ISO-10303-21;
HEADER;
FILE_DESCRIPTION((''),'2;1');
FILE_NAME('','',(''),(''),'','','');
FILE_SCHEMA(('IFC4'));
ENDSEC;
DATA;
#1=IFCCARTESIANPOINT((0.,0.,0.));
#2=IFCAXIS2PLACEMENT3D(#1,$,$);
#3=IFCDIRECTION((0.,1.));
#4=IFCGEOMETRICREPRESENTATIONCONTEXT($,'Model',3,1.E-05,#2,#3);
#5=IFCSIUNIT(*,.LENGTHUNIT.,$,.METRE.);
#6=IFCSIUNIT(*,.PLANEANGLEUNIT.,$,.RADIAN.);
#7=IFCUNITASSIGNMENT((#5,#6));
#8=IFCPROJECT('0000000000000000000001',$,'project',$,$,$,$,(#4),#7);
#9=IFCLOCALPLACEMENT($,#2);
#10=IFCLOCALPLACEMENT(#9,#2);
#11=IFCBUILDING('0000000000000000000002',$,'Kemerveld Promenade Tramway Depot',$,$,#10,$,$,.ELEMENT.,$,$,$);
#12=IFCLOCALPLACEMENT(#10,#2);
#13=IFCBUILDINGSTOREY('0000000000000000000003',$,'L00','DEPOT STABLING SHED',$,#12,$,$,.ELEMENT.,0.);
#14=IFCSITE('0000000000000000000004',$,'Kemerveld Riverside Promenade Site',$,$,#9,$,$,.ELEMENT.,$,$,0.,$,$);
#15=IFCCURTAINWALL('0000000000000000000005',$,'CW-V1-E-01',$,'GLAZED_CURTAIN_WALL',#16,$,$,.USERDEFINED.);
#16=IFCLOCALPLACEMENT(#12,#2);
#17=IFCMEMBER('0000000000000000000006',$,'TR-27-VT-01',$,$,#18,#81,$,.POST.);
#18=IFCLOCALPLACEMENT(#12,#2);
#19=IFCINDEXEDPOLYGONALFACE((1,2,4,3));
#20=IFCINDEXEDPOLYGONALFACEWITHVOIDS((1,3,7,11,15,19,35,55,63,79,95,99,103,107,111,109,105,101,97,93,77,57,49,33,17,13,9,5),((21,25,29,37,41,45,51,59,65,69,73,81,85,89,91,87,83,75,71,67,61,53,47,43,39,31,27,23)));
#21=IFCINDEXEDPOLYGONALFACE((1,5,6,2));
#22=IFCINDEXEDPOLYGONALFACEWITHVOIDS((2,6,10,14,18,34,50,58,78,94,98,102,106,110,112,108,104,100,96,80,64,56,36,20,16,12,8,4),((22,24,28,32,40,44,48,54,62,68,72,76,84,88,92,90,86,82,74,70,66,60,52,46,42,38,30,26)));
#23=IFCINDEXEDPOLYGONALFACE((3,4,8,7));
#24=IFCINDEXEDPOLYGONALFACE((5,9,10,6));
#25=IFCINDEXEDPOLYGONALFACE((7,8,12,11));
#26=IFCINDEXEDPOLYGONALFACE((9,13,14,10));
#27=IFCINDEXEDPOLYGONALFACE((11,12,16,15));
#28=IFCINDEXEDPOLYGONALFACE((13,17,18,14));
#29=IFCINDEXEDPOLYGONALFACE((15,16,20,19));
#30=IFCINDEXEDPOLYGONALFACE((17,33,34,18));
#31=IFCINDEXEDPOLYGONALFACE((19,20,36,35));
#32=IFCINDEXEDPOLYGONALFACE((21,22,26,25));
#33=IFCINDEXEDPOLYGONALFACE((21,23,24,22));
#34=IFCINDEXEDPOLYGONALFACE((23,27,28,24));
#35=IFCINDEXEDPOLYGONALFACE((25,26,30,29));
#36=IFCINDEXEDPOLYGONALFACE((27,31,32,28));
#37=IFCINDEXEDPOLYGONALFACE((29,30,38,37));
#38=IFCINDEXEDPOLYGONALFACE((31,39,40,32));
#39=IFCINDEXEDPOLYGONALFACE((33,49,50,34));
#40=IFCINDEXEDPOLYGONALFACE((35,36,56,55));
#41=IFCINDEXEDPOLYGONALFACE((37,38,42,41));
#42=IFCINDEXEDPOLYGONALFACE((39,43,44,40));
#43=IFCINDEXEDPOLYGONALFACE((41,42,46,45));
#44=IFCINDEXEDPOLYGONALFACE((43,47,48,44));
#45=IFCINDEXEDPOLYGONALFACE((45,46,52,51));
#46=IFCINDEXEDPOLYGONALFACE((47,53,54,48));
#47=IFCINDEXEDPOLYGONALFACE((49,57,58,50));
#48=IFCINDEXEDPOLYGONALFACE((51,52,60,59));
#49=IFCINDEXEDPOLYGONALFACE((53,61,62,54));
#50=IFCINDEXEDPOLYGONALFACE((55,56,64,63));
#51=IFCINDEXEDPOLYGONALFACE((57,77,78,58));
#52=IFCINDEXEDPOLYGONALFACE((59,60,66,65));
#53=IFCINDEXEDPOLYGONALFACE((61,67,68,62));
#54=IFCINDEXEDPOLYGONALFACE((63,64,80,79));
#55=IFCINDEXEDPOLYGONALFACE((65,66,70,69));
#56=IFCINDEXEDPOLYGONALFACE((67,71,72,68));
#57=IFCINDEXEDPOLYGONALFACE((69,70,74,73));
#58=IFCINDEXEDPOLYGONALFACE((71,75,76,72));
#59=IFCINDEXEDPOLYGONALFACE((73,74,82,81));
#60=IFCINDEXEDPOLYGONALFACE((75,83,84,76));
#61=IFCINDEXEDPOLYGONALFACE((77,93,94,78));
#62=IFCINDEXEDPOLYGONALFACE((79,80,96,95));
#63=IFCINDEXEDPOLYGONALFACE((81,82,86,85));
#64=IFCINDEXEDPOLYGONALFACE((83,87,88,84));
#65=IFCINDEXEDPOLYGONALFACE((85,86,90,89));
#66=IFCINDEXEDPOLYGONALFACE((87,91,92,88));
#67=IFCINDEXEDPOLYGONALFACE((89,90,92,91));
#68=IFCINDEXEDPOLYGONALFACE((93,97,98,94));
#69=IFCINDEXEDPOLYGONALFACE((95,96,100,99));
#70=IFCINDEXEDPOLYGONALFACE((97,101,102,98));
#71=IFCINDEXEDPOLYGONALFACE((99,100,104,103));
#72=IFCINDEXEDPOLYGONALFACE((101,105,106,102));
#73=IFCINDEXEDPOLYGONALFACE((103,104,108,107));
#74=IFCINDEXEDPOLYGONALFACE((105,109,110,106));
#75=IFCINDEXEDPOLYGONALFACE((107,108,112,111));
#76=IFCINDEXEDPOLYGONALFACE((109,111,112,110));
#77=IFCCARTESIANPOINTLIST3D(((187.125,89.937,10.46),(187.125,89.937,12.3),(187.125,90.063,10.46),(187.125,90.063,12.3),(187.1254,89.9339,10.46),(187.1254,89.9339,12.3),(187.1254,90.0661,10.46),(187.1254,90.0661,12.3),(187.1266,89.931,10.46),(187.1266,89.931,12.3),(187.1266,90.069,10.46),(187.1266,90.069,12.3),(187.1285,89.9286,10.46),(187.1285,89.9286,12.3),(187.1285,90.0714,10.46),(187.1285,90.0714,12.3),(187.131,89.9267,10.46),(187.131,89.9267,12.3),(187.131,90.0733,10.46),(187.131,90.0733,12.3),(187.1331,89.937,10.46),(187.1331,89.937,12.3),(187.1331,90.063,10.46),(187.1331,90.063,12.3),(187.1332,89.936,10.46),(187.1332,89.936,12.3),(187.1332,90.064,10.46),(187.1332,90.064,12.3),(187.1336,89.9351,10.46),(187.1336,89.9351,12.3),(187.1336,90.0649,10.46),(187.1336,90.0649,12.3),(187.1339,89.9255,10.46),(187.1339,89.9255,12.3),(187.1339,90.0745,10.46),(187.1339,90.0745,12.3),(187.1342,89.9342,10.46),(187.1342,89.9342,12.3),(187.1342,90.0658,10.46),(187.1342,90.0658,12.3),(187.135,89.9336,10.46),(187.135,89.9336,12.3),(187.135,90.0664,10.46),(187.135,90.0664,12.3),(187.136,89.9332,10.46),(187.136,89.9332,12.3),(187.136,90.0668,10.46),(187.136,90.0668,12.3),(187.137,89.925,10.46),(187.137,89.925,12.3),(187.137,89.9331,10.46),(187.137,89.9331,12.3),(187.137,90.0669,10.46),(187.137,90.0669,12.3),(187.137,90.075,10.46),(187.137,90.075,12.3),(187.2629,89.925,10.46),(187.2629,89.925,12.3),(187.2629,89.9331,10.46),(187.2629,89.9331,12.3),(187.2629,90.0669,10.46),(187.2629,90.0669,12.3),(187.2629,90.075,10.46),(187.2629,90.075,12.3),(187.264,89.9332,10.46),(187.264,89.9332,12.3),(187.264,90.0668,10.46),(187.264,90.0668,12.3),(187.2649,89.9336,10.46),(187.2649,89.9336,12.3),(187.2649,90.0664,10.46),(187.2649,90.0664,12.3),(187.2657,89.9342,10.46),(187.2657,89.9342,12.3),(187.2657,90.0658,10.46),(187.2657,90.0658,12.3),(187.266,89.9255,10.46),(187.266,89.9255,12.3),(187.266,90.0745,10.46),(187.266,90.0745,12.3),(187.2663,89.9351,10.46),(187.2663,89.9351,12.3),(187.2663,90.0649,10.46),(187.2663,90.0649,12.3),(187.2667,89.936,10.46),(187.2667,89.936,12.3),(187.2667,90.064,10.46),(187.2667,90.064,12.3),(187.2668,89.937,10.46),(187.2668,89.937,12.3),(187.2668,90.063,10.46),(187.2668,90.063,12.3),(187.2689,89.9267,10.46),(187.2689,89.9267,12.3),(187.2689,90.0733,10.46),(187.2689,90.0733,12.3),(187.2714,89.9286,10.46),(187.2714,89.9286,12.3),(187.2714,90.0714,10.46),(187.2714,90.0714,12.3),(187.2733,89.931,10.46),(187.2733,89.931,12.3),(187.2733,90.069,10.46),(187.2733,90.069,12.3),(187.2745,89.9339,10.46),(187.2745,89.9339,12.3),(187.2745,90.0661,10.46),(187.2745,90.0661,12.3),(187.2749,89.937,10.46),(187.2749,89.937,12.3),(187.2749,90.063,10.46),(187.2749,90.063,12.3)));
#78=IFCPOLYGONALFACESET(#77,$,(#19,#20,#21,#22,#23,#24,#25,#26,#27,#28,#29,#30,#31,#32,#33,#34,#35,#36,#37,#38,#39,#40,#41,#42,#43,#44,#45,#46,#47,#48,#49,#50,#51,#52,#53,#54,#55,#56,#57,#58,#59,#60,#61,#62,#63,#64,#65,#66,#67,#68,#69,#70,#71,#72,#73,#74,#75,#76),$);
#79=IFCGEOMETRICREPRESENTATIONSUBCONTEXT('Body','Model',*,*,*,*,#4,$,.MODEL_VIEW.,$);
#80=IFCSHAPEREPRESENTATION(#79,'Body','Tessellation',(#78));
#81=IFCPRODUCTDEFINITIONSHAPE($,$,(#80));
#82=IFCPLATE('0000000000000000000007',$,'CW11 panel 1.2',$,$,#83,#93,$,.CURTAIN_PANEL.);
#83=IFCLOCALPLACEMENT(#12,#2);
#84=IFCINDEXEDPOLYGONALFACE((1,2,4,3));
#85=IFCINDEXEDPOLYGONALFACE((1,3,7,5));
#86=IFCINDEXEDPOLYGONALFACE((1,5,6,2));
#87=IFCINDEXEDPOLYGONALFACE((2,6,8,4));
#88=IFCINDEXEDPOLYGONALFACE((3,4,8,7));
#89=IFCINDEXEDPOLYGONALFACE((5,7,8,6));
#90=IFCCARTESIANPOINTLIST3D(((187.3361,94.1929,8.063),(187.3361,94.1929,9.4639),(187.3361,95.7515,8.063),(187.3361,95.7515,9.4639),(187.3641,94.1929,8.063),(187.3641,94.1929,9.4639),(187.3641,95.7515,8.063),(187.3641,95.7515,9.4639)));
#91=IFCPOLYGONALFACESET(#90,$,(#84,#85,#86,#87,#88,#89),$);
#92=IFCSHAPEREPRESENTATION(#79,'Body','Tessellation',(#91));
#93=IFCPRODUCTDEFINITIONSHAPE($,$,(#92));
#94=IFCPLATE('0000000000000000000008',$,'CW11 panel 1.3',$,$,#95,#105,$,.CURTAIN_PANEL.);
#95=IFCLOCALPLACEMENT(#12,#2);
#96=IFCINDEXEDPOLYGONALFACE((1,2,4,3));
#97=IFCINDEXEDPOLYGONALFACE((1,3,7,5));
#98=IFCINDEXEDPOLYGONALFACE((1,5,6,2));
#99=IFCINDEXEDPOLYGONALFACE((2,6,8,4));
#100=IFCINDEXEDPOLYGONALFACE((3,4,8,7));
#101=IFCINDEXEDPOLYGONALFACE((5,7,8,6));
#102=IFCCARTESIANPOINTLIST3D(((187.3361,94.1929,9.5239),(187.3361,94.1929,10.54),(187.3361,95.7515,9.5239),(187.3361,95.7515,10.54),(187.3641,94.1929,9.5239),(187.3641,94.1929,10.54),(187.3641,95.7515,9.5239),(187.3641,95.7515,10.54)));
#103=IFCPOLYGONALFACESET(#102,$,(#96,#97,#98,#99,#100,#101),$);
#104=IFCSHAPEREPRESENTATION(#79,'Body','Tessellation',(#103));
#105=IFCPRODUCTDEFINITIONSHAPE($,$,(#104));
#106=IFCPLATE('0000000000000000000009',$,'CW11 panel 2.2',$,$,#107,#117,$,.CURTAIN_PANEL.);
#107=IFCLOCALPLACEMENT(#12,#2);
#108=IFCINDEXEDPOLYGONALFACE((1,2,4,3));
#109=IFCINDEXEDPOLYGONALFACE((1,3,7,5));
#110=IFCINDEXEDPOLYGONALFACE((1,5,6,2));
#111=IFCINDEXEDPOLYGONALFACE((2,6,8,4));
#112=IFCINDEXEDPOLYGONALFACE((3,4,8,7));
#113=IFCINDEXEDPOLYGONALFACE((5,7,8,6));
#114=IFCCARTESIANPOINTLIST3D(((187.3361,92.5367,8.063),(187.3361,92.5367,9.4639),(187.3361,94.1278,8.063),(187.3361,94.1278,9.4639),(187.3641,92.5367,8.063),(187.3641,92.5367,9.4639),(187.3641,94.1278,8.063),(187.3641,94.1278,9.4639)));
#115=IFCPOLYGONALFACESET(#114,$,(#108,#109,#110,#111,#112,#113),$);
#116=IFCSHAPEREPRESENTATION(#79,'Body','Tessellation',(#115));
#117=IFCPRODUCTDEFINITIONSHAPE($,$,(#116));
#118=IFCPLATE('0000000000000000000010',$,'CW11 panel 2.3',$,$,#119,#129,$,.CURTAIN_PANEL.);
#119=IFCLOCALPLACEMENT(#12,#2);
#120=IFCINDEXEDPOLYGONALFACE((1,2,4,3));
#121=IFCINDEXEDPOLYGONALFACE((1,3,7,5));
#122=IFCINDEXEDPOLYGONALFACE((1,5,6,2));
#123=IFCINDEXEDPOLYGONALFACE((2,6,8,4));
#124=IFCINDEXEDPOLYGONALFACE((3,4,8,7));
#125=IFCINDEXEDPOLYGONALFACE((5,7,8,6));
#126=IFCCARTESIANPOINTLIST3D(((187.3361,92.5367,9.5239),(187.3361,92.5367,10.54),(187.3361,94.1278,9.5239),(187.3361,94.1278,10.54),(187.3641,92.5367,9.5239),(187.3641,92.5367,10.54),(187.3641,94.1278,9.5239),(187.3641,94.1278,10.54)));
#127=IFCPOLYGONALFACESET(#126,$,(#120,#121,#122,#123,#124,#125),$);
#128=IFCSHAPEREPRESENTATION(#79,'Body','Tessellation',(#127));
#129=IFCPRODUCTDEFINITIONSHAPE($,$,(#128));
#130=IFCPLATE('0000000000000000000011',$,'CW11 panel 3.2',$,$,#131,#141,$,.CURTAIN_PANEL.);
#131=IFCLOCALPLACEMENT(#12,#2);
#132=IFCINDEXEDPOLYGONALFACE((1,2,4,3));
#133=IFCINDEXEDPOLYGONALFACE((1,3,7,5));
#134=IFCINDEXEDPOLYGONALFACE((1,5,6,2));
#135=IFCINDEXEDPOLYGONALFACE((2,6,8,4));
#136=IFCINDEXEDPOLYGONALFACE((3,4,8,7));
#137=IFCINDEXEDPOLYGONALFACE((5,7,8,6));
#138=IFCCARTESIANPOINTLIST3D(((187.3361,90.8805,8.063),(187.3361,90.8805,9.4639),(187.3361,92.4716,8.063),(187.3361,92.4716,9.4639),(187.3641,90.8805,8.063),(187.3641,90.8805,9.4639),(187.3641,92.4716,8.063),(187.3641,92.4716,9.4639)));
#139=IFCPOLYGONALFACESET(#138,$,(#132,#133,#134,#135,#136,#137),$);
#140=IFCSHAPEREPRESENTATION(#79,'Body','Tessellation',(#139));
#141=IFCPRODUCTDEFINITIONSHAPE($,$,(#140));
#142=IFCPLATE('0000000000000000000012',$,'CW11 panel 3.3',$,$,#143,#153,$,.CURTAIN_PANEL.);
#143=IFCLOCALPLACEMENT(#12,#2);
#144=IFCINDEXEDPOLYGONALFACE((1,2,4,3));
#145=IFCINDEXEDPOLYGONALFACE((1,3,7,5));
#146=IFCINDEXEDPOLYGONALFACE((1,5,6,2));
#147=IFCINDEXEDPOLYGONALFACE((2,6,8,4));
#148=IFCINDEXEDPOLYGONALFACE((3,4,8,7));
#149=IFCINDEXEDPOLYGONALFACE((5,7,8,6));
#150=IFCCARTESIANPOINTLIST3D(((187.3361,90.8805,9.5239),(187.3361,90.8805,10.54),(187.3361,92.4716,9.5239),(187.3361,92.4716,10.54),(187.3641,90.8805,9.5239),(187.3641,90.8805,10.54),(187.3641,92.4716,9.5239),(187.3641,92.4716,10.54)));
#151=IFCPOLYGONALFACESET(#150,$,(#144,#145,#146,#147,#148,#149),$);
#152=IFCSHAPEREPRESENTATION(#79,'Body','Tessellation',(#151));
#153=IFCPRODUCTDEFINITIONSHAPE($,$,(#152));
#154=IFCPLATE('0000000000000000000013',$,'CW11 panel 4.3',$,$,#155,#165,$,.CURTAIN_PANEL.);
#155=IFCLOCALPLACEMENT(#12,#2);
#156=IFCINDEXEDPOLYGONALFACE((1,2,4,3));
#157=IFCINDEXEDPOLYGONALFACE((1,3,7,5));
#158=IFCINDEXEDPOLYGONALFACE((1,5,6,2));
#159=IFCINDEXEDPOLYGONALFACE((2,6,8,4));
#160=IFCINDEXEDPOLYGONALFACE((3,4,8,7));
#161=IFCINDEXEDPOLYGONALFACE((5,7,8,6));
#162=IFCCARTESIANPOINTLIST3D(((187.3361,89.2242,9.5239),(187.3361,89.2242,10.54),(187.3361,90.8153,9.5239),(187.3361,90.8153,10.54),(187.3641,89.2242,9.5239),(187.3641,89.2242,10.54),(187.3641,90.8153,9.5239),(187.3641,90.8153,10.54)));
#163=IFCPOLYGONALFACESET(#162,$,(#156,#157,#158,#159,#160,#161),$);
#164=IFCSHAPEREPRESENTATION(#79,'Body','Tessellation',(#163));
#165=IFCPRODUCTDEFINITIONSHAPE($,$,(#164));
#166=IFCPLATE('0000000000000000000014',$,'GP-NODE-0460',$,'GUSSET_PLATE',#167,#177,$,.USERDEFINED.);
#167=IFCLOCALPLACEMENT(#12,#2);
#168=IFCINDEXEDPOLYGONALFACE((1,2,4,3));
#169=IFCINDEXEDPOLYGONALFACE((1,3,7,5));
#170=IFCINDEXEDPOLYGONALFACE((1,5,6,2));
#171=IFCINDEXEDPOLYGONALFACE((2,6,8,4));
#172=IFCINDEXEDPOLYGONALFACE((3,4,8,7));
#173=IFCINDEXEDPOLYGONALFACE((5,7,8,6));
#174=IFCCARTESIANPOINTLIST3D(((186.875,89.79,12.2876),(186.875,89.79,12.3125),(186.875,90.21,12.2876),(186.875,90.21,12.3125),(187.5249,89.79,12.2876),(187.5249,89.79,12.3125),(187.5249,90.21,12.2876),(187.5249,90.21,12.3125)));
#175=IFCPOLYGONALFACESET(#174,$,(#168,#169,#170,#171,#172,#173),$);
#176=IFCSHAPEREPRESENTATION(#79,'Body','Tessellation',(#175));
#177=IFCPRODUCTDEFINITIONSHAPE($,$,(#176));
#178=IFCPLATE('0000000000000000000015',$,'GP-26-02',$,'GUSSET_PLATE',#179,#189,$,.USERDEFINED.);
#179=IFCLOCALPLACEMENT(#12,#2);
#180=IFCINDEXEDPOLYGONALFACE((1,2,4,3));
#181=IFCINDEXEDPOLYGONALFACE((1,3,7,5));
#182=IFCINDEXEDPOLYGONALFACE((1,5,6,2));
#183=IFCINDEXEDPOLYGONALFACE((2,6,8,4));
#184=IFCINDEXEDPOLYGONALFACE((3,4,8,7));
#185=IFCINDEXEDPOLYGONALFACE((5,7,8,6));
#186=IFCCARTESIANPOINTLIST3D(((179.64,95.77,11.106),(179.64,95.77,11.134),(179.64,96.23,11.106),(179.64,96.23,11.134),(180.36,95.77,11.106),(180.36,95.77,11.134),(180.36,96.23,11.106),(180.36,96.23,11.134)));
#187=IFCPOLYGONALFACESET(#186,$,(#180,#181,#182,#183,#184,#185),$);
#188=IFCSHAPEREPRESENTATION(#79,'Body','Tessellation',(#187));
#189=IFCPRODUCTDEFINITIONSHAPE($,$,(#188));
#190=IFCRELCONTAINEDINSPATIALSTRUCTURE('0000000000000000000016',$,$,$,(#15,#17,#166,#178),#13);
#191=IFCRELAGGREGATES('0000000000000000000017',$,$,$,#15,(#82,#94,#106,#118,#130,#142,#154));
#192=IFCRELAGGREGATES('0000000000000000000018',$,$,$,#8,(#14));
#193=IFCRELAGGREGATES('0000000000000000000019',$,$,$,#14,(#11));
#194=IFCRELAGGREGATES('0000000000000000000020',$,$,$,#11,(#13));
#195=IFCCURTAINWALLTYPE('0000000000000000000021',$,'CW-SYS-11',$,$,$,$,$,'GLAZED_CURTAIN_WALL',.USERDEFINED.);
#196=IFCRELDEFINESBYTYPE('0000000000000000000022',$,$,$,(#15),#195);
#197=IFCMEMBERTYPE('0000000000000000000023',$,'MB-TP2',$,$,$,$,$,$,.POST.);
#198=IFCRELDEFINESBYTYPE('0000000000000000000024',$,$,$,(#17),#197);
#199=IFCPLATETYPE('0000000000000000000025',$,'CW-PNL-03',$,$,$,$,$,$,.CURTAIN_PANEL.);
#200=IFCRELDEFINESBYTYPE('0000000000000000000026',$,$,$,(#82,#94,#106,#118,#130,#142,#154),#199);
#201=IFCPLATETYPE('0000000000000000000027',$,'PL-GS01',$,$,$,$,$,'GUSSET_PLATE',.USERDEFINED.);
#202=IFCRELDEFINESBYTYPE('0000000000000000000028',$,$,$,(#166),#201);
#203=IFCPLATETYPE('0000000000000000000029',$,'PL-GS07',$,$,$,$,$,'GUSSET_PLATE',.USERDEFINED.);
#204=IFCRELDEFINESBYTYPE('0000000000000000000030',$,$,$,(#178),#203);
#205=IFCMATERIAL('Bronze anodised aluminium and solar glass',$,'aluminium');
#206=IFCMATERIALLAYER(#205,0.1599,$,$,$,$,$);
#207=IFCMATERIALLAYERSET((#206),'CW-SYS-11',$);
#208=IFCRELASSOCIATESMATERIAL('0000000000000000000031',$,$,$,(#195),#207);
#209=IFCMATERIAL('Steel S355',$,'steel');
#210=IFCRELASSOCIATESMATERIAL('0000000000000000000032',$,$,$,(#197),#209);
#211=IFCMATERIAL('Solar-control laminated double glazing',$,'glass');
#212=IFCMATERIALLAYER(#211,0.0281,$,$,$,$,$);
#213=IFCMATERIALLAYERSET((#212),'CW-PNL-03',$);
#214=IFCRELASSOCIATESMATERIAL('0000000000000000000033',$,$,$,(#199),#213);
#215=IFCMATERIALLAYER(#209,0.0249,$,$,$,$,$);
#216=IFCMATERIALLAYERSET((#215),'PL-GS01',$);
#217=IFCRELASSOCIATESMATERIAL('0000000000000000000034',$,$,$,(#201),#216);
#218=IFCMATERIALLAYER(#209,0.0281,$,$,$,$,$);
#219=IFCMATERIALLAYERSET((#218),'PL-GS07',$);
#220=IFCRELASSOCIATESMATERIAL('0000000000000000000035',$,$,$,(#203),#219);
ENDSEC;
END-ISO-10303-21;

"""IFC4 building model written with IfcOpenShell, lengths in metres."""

from ifc_helpers import new_model, si_unit, direction, frame, origin, origin_2d, place, context, subcontext, project, spatial, rectangle, hollow_rectangle, extrude, material, layer, layer_set, material_profile, profile_set, type_object, element, aggregate, save


model = new_model("IFC4")

# Units and contexts
model_context = context("Model", 3, precision=1e-05, world=origin(), true_north=direction((0.0, 1.0)))
body_context = subcontext(model_context, "Body", "Model", "MODEL_VIEW")
ifc_project = project(units=[si_unit("LENGTHUNIT", "METRE"), si_unit("PLANEANGLEUNIT", "RADIAN")], contexts=[model_context])

# Site, building, storey
site_placement = place(None, origin())
site = spatial("IfcSite", under=ifc_project, at=site_placement, Name="Kemerveld Riverside Promenade Site", CompositionType="ELEMENT", RefElevation=0.0)
building_placement = place(site_placement, origin())
building = spatial("IfcBuilding", under=site, at=building_placement, Name="Kemerveld Promenade Tramway Depot", CompositionType="ELEMENT")
storey_placement = place(building_placement, origin())
storey = spatial("IfcBuildingStorey", under=building, at=storey_placement, Name="L00", Description="DEPOT STABLING SHED", CompositionType="ELEMENT", Elevation=0.0)

# Shared definitions
ifc_material_1 = material(Name="Steel S355", Category="steel")

# Curtain wall
ifc_material_2 = material(Name="Bronze anodised aluminium and solar glass", Category="aluminium")
ifc_layer_1 = layer(ifc_material_2, 0.1599)
ifc_layer_set_1 = layer_set([ifc_layer_1], Name="CW-SYS-11")
curtain_wall_type = type_object("IfcCurtainWallType", Name="CW-SYS-11", ElementType="GLAZED_CURTAIN_WALL", PredefinedType="USERDEFINED", material=ifc_layer_set_1)
curtain_wall_placement = place(storey_placement, origin())
curtain_wall = element("IfcCurtainWall", 1, at=curtain_wall_placement, inside=storey, type_object=curtain_wall_type, Name="CW-V1-E-01", ObjectType="GLAZED_CURTAIN_WALL", PredefinedType="USERDEFINED")

# Member
ifc_material_profile_1 = material_profile(ifc_material_1, hollow_rectangle(XDim=0.1499, YDim=0.1499, WallThickness=0.0081, InnerFilletRadius=0.0039, OuterFilletRadius=0.012, at=origin_2d()), Name="150x150x8.0 SHS")
ifc_profile_set_1 = profile_set([ifc_material_profile_1], Name="Steel S355")
member_type_1 = type_object("IfcMemberType", Name="MB-TP2", PredefinedType="POST", material=ifc_profile_set_1)
member_1_placement = place(storey_placement, frame((187.2, 90.0, 10.46), z_axis=(0.0, 0.0, 1.0), x_axis=(1.0, 0.0, 0.0)))
element("IfcMember", 2, at=member_1_placement, inside=storey, type_object=member_type_1, Name="TR-27-VT-01", PredefinedType="POST", context=body_context, shape_type="SweptSolid", body=[
    extrude(hollow_rectangle(XDim=0.1499, YDim=0.1499, WallThickness=0.0081, InnerFilletRadius=0.0039, OuterFilletRadius=0.012, at=origin_2d()), origin(), (0.0, 0.0, 1.0), 1.8401),
])

# Plates
ifc_material_3 = material(Name="Solar-control laminated double glazing", Category="glass")
ifc_layer_2 = layer(ifc_material_3, 0.0281)
ifc_layer_set_2 = layer_set([ifc_layer_2], Name="CW-PNL-03")
plate_type_1 = type_object("IfcPlateType", Name="CW-PNL-03", PredefinedType="CURTAIN_PANEL", material=ifc_layer_set_2)
plate_1_placement = place(storey_placement, frame((187.3501, 94.9722, 8.063), z_axis=(0.0, 0.0, 1.0), x_axis=(0.0, -1.0, 0.0)))
plate_1 = element("IfcPlate", 3, at=plate_1_placement, type_object=plate_type_1, Name="CW11 panel 1.2", PredefinedType="CURTAIN_PANEL", context=body_context, shape_type="SweptSolid", body=[
    extrude(rectangle(XDim=1.5586, YDim=0.0281, at=origin_2d()), origin(), (0.0, 0.0, 1.0), 1.4009),
])
plate_2_placement = place(storey_placement, frame((187.3501, 94.9722, 9.5239), z_axis=(0.0, 0.0, 1.0), x_axis=(0.0, -1.0, 0.0)))
plate_2 = element("IfcPlate", 4, at=plate_2_placement, type_object=plate_type_1, Name="CW11 panel 1.3", PredefinedType="CURTAIN_PANEL", context=body_context, shape_type="SweptSolid", body=[
    extrude(rectangle(XDim=1.5586, YDim=0.0281, at=origin_2d()), origin(), (0.0, 0.0, 1.0), 1.0161),
])
plate_3_placement = place(storey_placement, frame((187.3501, 93.3323, 8.063), z_axis=(0.0, 0.0, 1.0), x_axis=(0.0, -1.0, 0.0)))
plate_3 = element("IfcPlate", 5, at=plate_3_placement, type_object=plate_type_1, Name="CW11 panel 2.2", PredefinedType="CURTAIN_PANEL", context=body_context, shape_type="SweptSolid", body=[
    extrude(rectangle(XDim=1.5911, YDim=0.0281, at=origin_2d()), origin(), (0.0, 0.0, 1.0), 1.4009),
])
plate_4_placement = place(storey_placement, frame((187.3501, 93.3323, 9.5239), z_axis=(0.0, 0.0, 1.0), x_axis=(0.0, -1.0, 0.0)))
plate_4 = element("IfcPlate", 6, at=plate_4_placement, type_object=plate_type_1, Name="CW11 panel 2.3", PredefinedType="CURTAIN_PANEL", context=body_context, shape_type="SweptSolid", body=[
    extrude(rectangle(XDim=1.5911, YDim=0.0281, at=origin_2d()), origin(), (0.0, 0.0, 1.0), 1.0161),
])
plate_5_placement = place(storey_placement, frame((187.3501, 91.676, 8.063), z_axis=(0.0, 0.0, 1.0), x_axis=(0.0, -1.0, 0.0)))
plate_5 = element("IfcPlate", 7, at=plate_5_placement, type_object=plate_type_1, Name="CW11 panel 3.2", PredefinedType="CURTAIN_PANEL", context=body_context, shape_type="SweptSolid", body=[
    extrude(rectangle(XDim=1.5911, YDim=0.0281, at=origin_2d()), origin(), (0.0, 0.0, 1.0), 1.4009),
])
plate_6_placement = place(storey_placement, frame((187.3501, 91.676, 9.5239), z_axis=(0.0, 0.0, 1.0), x_axis=(0.0, -1.0, 0.0)))
plate_6 = element("IfcPlate", 8, at=plate_6_placement, type_object=plate_type_1, Name="CW11 panel 3.3", PredefinedType="CURTAIN_PANEL", context=body_context, shape_type="SweptSolid", body=[
    extrude(rectangle(XDim=1.5911, YDim=0.0281, at=origin_2d()), origin(), (0.0, 0.0, 1.0), 1.0161),
])
plate_7_placement = place(storey_placement, frame((187.3501, 90.0198, 9.5239), z_axis=(0.0, 0.0, 1.0), x_axis=(0.0, -1.0, 0.0)))
plate_7 = element("IfcPlate", 9, at=plate_7_placement, type_object=plate_type_1, Name="CW11 panel 4.3", PredefinedType="CURTAIN_PANEL", context=body_context, shape_type="SweptSolid", body=[
    extrude(rectangle(XDim=1.5911, YDim=0.0281, at=origin_2d()), origin(), (0.0, 0.0, 1.0), 1.0161),
])
aggregate(curtain_wall, [plate_1, plate_2, plate_3, plate_4, plate_5, plate_6, plate_7])

# Plates
ifc_layer_3 = layer(ifc_material_1, 0.0249)
ifc_layer_set_3 = layer_set([ifc_layer_3], Name="PL-GS01")
plate_type_2 = type_object("IfcPlateType", Name="PL-GS01", ElementType="GUSSET_PLATE", PredefinedType="USERDEFINED", material=ifc_layer_set_3)
plate_8_placement = place(storey_placement, frame((187.2, 90.0, 12.2876), z_axis=(0.0, 0.0, 1.0), x_axis=(1.0, 0.0, 0.0)))
element("IfcPlate", 10, at=plate_8_placement, inside=storey, type_object=plate_type_2, Name="GP-NODE-0460", ObjectType="GUSSET_PLATE", PredefinedType="USERDEFINED", context=body_context, shape_type="SweptSolid", body=[
    extrude(rectangle(XDim=0.6499, YDim=0.4199, at=origin_2d()), origin(), (0.0, 0.0, 1.0), 0.0249),
])
ifc_layer_4 = layer(ifc_material_1, 0.0281)
ifc_layer_set_4 = layer_set([ifc_layer_4], Name="PL-GS07")
plate_type_3 = type_object("IfcPlateType", Name="PL-GS07", ElementType="GUSSET_PLATE", PredefinedType="USERDEFINED", material=ifc_layer_set_4)
plate_9_placement = place(storey_placement, frame((180.0, 96.0, 11.106), z_axis=(0.0, 0.0, 1.0), x_axis=(1.0, 0.0, 0.0)))
element("IfcPlate", 11, at=plate_9_placement, inside=storey, type_object=plate_type_3, Name="GP-26-02", ObjectType="GUSSET_PLATE", PredefinedType="USERDEFINED", context=body_context, shape_type="SweptSolid", body=[
    extrude(rectangle(XDim=0.72, YDim=0.46, at=origin_2d()), origin(), (0.0, 0.0, 1.0), 0.0281),
])

save(model, "model.ifc")
